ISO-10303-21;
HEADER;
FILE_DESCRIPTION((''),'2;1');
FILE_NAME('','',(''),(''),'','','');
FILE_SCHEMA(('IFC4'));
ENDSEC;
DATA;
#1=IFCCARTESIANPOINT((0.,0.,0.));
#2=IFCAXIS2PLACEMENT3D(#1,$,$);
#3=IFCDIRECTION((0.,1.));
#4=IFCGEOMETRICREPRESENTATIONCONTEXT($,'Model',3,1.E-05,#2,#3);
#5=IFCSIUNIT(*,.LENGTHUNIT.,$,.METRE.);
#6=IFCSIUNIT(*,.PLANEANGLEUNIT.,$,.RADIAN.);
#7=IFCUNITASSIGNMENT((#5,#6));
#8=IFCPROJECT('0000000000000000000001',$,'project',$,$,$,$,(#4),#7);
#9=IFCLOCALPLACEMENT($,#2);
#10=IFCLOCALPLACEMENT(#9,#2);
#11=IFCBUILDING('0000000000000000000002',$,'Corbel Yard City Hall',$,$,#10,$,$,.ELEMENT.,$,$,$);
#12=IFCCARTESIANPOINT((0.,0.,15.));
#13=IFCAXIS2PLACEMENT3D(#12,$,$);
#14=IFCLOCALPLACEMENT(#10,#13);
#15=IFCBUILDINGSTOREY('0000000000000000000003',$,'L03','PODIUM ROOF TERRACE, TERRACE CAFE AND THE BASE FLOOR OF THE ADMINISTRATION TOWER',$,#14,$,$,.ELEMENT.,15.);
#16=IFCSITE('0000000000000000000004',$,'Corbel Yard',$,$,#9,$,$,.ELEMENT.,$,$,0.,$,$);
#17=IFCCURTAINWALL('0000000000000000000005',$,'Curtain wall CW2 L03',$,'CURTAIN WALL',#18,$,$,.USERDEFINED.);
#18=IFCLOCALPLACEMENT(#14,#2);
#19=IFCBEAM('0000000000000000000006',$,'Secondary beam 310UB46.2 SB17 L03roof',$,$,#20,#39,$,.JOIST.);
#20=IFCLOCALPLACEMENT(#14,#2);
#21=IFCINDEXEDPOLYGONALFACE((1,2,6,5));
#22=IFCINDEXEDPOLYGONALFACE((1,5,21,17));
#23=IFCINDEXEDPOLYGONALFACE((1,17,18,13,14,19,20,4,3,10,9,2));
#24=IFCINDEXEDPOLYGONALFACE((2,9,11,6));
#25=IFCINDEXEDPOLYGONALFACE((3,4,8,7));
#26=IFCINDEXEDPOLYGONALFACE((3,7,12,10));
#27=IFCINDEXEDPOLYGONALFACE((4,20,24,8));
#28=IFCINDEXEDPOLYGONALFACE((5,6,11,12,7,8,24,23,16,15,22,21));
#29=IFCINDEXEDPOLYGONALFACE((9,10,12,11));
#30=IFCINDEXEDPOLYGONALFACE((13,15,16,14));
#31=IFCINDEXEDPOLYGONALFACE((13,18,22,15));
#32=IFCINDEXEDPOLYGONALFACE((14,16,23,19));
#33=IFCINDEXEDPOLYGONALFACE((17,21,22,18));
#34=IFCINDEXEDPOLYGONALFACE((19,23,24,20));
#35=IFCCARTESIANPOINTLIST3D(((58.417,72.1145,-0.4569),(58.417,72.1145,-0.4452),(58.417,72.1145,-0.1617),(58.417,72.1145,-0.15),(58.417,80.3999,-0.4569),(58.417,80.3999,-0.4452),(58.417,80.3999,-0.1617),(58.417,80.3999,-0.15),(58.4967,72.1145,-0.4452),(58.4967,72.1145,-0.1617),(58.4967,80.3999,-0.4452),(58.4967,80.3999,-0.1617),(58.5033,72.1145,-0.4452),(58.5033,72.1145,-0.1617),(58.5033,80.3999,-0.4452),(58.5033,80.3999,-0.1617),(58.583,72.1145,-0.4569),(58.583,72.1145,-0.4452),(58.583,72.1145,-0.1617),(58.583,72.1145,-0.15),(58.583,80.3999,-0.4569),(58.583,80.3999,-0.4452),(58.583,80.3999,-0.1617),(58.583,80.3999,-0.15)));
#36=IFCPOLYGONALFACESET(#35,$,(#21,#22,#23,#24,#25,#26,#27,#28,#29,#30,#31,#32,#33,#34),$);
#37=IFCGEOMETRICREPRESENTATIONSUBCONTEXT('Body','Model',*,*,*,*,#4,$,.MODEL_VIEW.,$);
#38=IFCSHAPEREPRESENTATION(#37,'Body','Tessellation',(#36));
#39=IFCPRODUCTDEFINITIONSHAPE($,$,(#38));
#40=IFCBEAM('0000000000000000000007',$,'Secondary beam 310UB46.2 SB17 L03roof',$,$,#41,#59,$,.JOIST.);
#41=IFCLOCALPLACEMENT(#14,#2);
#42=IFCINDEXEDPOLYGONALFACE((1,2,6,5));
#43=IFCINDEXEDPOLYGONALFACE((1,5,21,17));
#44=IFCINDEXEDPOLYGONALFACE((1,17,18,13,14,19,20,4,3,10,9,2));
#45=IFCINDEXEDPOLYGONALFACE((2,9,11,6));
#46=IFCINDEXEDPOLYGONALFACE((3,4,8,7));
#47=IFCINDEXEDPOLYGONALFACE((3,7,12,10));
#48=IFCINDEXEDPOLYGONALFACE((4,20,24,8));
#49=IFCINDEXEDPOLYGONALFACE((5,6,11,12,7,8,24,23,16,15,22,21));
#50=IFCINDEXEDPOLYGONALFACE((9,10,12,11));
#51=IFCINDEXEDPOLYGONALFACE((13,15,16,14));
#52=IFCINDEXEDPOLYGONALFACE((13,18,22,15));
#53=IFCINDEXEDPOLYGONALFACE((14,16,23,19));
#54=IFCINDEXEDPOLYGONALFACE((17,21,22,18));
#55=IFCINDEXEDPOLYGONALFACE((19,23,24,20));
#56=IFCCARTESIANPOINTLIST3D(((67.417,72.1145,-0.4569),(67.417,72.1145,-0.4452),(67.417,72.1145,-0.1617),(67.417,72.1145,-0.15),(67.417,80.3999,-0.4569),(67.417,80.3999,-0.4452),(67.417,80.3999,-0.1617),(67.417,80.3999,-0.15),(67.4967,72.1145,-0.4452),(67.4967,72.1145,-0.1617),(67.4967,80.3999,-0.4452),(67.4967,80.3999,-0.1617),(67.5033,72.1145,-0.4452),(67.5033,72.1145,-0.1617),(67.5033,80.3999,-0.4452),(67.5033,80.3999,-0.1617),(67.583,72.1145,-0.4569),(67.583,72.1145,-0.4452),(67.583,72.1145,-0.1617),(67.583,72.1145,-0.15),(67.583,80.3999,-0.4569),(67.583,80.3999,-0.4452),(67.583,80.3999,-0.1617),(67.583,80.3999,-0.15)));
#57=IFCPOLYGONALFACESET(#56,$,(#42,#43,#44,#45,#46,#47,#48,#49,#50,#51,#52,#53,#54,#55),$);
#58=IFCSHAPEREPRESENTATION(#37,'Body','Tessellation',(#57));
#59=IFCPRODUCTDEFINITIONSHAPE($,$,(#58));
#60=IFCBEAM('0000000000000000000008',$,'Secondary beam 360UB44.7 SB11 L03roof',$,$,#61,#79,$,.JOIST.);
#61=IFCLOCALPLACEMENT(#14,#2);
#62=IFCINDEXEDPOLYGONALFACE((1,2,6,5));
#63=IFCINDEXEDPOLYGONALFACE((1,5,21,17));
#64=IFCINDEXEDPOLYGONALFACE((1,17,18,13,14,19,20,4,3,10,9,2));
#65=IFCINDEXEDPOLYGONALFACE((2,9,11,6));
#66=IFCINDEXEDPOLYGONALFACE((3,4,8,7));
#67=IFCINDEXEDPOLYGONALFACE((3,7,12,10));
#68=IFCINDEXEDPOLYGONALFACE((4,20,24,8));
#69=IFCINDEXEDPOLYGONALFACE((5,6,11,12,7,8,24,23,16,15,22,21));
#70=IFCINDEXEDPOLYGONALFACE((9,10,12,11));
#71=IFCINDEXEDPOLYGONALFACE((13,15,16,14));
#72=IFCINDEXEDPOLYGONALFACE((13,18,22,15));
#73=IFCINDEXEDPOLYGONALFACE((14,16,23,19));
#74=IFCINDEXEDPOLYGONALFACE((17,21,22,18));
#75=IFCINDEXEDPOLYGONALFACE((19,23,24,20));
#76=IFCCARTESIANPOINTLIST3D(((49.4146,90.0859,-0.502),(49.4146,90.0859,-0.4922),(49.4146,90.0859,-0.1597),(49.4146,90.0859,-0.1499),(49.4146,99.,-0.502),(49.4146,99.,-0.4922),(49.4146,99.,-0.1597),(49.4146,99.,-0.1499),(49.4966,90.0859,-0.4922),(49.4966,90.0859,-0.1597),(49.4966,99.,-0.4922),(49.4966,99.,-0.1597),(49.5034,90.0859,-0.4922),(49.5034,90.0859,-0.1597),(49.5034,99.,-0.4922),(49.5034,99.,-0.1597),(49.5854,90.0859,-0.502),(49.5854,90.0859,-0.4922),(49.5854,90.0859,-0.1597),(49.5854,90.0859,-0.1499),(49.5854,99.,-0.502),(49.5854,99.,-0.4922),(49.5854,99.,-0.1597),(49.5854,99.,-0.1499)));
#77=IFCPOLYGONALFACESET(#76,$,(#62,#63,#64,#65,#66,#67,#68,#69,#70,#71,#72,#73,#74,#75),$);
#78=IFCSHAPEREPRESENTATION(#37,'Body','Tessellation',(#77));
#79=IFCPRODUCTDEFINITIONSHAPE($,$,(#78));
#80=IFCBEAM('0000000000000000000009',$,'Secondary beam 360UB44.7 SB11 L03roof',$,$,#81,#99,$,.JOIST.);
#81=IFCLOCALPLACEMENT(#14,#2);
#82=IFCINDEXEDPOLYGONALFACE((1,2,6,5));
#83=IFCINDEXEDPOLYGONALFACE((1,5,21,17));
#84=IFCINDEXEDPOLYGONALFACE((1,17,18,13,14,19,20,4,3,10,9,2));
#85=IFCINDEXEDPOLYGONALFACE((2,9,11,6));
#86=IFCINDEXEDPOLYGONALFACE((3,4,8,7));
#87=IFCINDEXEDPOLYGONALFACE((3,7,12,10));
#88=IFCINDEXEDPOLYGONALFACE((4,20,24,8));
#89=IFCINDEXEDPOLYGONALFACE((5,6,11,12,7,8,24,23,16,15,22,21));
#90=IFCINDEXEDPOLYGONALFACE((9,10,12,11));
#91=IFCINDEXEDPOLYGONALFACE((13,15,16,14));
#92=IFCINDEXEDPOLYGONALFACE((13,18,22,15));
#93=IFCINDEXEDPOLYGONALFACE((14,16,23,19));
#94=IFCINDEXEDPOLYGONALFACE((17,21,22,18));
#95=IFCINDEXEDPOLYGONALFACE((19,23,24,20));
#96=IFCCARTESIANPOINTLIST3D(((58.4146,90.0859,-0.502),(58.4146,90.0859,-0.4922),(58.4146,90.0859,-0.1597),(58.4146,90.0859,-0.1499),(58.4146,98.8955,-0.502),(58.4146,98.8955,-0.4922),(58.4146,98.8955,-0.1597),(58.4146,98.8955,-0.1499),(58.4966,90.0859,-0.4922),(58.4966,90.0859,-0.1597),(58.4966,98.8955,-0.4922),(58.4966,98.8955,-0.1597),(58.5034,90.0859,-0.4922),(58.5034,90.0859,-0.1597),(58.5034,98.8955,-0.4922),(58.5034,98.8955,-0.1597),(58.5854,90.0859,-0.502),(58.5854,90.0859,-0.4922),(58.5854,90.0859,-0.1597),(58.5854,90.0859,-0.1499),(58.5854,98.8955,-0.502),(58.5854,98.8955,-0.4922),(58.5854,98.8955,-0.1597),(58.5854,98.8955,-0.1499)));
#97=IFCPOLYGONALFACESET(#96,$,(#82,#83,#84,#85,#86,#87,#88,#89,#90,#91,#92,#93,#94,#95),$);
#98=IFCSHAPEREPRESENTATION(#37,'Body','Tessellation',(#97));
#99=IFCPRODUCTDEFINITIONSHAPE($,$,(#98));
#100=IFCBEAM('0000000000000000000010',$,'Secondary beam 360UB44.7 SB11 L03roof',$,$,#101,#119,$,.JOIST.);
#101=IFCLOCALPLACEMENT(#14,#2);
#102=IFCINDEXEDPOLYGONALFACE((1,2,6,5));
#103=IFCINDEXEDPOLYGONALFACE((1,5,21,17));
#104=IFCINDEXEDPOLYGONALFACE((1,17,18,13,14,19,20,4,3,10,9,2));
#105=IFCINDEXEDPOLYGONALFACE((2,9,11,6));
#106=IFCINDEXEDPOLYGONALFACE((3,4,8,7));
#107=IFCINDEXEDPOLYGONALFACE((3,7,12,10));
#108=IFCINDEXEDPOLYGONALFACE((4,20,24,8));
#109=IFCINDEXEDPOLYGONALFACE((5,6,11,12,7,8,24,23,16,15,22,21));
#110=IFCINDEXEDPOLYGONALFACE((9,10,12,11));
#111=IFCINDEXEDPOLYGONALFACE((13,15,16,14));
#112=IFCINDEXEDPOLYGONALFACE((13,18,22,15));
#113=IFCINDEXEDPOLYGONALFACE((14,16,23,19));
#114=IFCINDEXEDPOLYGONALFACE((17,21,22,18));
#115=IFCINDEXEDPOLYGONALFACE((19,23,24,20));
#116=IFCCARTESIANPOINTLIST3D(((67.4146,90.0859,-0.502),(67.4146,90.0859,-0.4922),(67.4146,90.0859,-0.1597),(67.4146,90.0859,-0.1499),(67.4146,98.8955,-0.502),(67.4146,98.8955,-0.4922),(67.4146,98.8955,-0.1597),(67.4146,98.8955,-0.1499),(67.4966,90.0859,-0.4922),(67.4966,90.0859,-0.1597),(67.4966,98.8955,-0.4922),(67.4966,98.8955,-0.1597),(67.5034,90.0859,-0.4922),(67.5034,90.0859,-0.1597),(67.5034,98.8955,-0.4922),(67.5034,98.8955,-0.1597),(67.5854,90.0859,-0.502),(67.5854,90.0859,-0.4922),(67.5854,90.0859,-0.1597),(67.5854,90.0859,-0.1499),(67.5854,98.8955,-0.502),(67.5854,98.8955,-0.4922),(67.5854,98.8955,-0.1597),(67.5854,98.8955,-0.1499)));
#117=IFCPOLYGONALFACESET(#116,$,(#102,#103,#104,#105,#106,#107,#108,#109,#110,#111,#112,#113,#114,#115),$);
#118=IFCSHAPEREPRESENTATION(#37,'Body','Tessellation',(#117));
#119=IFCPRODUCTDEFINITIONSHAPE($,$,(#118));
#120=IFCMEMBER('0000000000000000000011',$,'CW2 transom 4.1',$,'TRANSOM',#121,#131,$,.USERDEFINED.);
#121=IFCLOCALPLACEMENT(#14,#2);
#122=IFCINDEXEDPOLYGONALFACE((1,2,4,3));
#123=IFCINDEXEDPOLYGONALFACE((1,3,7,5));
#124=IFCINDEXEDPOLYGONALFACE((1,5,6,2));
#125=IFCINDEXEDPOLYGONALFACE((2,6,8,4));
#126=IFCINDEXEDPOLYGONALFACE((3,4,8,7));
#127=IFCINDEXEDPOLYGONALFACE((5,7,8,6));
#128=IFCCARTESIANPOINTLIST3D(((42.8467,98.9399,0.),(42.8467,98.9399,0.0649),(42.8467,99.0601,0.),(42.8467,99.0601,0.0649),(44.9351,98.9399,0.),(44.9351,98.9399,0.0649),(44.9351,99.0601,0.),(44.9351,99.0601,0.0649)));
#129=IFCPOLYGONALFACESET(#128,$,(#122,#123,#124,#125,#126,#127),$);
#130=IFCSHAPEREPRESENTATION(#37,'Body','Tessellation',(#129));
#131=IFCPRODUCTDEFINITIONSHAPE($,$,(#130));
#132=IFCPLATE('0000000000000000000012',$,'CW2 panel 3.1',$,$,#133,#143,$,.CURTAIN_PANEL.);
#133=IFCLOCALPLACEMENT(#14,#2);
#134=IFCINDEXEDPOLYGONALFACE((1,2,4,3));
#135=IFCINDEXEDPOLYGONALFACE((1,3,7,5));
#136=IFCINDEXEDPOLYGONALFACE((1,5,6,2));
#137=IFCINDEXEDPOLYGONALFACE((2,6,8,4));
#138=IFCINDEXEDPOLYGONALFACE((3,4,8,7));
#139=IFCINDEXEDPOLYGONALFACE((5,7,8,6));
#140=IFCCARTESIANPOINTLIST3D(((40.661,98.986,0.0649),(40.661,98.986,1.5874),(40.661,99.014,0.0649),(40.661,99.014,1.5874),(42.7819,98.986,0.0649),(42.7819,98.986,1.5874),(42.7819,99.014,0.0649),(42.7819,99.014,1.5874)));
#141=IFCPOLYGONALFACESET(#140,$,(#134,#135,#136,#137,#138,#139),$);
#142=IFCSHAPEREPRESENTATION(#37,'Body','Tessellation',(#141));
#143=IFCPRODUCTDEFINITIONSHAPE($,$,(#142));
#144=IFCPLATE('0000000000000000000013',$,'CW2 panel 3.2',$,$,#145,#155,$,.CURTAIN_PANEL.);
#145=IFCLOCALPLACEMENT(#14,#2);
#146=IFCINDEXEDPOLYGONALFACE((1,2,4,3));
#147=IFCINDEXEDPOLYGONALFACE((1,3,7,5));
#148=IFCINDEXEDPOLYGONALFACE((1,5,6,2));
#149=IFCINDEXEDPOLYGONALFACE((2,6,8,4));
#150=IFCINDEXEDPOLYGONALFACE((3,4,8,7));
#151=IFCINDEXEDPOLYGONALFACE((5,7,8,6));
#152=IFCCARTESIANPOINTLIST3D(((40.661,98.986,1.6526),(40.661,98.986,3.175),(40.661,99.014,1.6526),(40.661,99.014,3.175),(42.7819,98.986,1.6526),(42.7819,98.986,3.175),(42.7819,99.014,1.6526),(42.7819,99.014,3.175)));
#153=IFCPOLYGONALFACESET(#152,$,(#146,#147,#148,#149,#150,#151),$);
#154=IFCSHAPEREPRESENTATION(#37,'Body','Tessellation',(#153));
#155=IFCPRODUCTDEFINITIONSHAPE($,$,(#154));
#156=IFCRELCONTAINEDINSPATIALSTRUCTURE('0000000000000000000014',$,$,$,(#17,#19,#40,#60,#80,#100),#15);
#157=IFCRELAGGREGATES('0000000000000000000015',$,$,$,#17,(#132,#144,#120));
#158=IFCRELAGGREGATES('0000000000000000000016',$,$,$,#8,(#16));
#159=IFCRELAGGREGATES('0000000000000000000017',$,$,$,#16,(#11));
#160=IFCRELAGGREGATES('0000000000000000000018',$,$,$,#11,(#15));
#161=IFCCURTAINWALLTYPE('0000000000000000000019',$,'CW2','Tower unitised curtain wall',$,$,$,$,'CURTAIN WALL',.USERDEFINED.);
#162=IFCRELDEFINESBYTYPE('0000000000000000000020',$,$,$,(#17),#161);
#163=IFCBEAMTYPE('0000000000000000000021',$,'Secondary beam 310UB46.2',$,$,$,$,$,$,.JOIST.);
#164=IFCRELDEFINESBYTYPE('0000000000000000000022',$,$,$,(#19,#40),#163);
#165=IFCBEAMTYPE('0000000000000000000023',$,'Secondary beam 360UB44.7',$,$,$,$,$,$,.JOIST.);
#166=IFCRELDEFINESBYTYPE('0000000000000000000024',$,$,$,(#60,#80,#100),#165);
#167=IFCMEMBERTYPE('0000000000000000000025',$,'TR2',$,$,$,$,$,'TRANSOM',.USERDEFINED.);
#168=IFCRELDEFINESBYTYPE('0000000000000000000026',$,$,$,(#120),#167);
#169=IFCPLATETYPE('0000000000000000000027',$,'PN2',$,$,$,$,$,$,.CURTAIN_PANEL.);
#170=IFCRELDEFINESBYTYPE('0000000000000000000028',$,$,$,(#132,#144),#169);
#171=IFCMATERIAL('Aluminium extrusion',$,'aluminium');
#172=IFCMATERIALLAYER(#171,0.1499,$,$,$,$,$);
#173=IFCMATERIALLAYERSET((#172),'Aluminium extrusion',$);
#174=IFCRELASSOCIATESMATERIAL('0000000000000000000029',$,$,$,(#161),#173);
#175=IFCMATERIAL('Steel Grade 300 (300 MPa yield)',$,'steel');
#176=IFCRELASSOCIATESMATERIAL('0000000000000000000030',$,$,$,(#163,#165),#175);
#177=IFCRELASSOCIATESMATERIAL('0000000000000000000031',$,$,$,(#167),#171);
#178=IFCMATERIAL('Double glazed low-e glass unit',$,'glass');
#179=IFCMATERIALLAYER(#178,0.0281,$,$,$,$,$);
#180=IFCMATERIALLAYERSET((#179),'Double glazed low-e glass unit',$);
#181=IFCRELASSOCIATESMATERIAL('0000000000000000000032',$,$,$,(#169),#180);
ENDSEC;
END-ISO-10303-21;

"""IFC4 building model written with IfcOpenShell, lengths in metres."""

from ifc_helpers import new_model, si_unit, direction, frame, origin, origin_2d, place, context, subcontext, project, spatial, rectangle, i_section, extrude, material, layer, layer_set, material_profile, profile_set, type_object, element, aggregate, save


model = new_model("IFC4")

# Units and contexts
model_context = context("Model", 3, precision=1e-05, world=origin(), true_north=direction((0.0, 1.0)))
body_context = subcontext(model_context, "Body", "Model", "MODEL_VIEW")
ifc_project = project(units=[si_unit("LENGTHUNIT", "METRE"), si_unit("PLANEANGLEUNIT", "RADIAN")], contexts=[model_context])

# Site, building, storey
site_placement = place(None, origin())
site = spatial("IfcSite", under=ifc_project, at=site_placement, Name="Corbel Yard", CompositionType="ELEMENT", RefElevation=0.0)
building_placement = place(site_placement, origin())
building = spatial("IfcBuilding", under=site, at=building_placement, Name="Corbel Yard City Hall", CompositionType="ELEMENT")
storey_placement = place(building_placement, frame((0.0, 0.0, 15.0)))
storey = spatial("IfcBuildingStorey", under=building, at=storey_placement, Name="L03", Description="PODIUM ROOF TERRACE, TERRACE CAFE AND THE BASE FLOOR OF THE ADMINISTRATION TOWER", CompositionType="ELEMENT", Elevation=15.0)

# Shared definitions
ifc_material_1 = material(Name="Steel Grade 300 (300 MPa yield)", Category="steel")

# Curtain wall
ifc_material_2 = material(Name="Aluminium extrusion", Category="aluminium")
ifc_layer_1 = layer(ifc_material_2, 0.1499)
ifc_layer_set_1 = layer_set([ifc_layer_1], Name="Aluminium extrusion")
curtain_wall_type = type_object("IfcCurtainWallType", Name="CW2", Description="Tower unitised curtain wall", ElementType="CURTAIN WALL", PredefinedType="USERDEFINED", material=ifc_layer_set_1)
curtain_wall_placement = place(storey_placement, origin())
curtain_wall = element("IfcCurtainWall", 1, at=curtain_wall_placement, inside=storey, type_object=curtain_wall_type, Name="Curtain wall CW2 L03", ObjectType="CURTAIN WALL", PredefinedType="USERDEFINED")

# Beams
ifc_material_profile_1 = material_profile(ifc_material_1, i_section(OverallWidth=0.166, OverallDepth=0.3069, WebThickness=0.0066, FlangeThickness=0.0117, at=origin_2d()), Name="310UB46.2")
ifc_profile_set_1 = profile_set([ifc_material_profile_1], Name="Steel Grade 300 (300 MPa yield)")
beam_type_1 = type_object("IfcBeamType", Name="Secondary beam 310UB46.2", PredefinedType="JOIST", material=ifc_profile_set_1)
for number, where, z_axis, x_axis, name in (
    (2, (58.5, 72.1145, -0.3035), (0.0, 1.0, 0.0), (-1.0, 0.0, 0.0), "Secondary beam 310UB46.2 SB17 L03roof"),
    (3, (67.5, 72.1145, -0.3035), (0.0, 1.0, 0.0), (-1.0, 0.0, 0.0), "Secondary beam 310UB46.2 SB17 L03roof"),
):
    element("IfcBeam", number, at=place(storey_placement, frame(where, z_axis=z_axis, x_axis=x_axis)), inside=storey, type_object=beam_type_1, Name=name, PredefinedType="JOIST", context=body_context, shape_type="SweptSolid", body=[
        extrude(i_section(OverallWidth=0.166, OverallDepth=0.3069, WebThickness=0.0066, FlangeThickness=0.0117, at=origin_2d()), origin(), (0.0, 0.0, 1.0), 8.2854),
    ])
ifc_material_profile_2 = material_profile(ifc_material_1, i_section(OverallWidth=0.1709, OverallDepth=0.3521, WebThickness=0.0068, FlangeThickness=0.0098, at=origin_2d()), Name="360UB44.7")
ifc_profile_set_2 = profile_set([ifc_material_profile_2], Name="Steel Grade 300 (300 MPa yield)")
beam_type_2 = type_object("IfcBeamType", Name="Secondary beam 360UB44.7", PredefinedType="JOIST", material=ifc_profile_set_2)
beam_1_placement = place(storey_placement, frame((49.5, 90.0859, -0.3259), z_axis=(0.0, 1.0, 0.0), x_axis=(-1.0, 0.0, 0.0)))
element("IfcBeam", 4, at=beam_1_placement, inside=storey, type_object=beam_type_2, Name="Secondary beam 360UB44.7 SB11 L03roof", PredefinedType="JOIST", context=body_context, shape_type="SweptSolid", body=[
    extrude(i_section(OverallWidth=0.1709, OverallDepth=0.3521, WebThickness=0.0068, FlangeThickness=0.0098, at=origin_2d()), origin(), (0.0, 0.0, 1.0), 8.9141),
])
for number, where, z_axis, x_axis, name in (
    (5, (58.5, 90.0859, -0.3259), (0.0, 1.0, 0.0), (-1.0, 0.0, 0.0), "Secondary beam 360UB44.7 SB11 L03roof"),
    (6, (67.5, 90.0859, -0.3259), (0.0, 1.0, 0.0), (-1.0, 0.0, 0.0), "Secondary beam 360UB44.7 SB11 L03roof"),
):
    element("IfcBeam", number, at=place(storey_placement, frame(where, z_axis=z_axis, x_axis=x_axis)), inside=storey, type_object=beam_type_2, Name=name, PredefinedType="JOIST", context=body_context, shape_type="SweptSolid", body=[
        extrude(i_section(OverallWidth=0.1709, OverallDepth=0.3521, WebThickness=0.0068, FlangeThickness=0.0098, at=origin_2d()), origin(), (0.0, 0.0, 1.0), 8.8096),
    ])

# Member
ifc_material_profile_3 = material_profile(ifc_material_2, rectangle(XDim=0.1201, YDim=0.0649, at=origin_2d()), Name="120x65")
ifc_profile_set_3 = profile_set([ifc_material_profile_3], Name="Aluminium extrusion")
member_type_1 = type_object("IfcMemberType", Name="TR2", ElementType="TRANSOM", PredefinedType="USERDEFINED", material=ifc_profile_set_3)
member_1_placement = place(storey_placement, frame((42.8467, 99.0, 0.0325), z_axis=(1.0, 0.0, 0.0), x_axis=(0.0, 1.0, 0.0)))
member_1 = element("IfcMember", 7, at=member_1_placement, type_object=member_type_1, Name="CW2 transom 4.1", ObjectType="TRANSOM", PredefinedType="USERDEFINED", context=body_context, shape_type="SweptSolid", body=[
    extrude(rectangle(XDim=0.1201, YDim=0.0649, at=origin_2d()), origin(), (0.0, 0.0, 1.0), 2.0884),
])

# Plates
ifc_material_3 = material(Name="Double glazed low-e glass unit", Category="glass")
ifc_layer_2 = layer(ifc_material_3, 0.0281)
ifc_layer_set_2 = layer_set([ifc_layer_2], Name="Double glazed low-e glass unit")
plate_type = type_object("IfcPlateType", Name="PN2", PredefinedType="CURTAIN_PANEL", material=ifc_layer_set_2)
plate_1_placement = place(storey_placement, frame((41.7214, 99.0, 0.0649), z_axis=(0.0, 0.0, 1.0), x_axis=(1.0, 0.0, 0.0)))
plate_1 = element("IfcPlate", 8, at=plate_1_placement, type_object=plate_type, Name="CW2 panel 3.1", PredefinedType="CURTAIN_PANEL", context=body_context, shape_type="SweptSolid", body=[
    extrude(rectangle(XDim=2.1208, YDim=0.0281, at=origin_2d()), origin(), (0.0, 0.0, 1.0), 1.5225),
])
plate_2_placement = place(storey_placement, frame((41.7214, 99.0, 1.6526), z_axis=(0.0, 0.0, 1.0), x_axis=(1.0, 0.0, 0.0)))
plate_2 = element("IfcPlate", 9, at=plate_2_placement, type_object=plate_type, Name="CW2 panel 3.2", PredefinedType="CURTAIN_PANEL", context=body_context, shape_type="SweptSolid", body=[
    extrude(rectangle(XDim=2.1208, YDim=0.0281, at=origin_2d()), origin(), (0.0, 0.0, 1.0), 1.5225),
])
aggregate(curtain_wall, [plate_1, plate_2, member_1])

save(model, "model.ifc")
